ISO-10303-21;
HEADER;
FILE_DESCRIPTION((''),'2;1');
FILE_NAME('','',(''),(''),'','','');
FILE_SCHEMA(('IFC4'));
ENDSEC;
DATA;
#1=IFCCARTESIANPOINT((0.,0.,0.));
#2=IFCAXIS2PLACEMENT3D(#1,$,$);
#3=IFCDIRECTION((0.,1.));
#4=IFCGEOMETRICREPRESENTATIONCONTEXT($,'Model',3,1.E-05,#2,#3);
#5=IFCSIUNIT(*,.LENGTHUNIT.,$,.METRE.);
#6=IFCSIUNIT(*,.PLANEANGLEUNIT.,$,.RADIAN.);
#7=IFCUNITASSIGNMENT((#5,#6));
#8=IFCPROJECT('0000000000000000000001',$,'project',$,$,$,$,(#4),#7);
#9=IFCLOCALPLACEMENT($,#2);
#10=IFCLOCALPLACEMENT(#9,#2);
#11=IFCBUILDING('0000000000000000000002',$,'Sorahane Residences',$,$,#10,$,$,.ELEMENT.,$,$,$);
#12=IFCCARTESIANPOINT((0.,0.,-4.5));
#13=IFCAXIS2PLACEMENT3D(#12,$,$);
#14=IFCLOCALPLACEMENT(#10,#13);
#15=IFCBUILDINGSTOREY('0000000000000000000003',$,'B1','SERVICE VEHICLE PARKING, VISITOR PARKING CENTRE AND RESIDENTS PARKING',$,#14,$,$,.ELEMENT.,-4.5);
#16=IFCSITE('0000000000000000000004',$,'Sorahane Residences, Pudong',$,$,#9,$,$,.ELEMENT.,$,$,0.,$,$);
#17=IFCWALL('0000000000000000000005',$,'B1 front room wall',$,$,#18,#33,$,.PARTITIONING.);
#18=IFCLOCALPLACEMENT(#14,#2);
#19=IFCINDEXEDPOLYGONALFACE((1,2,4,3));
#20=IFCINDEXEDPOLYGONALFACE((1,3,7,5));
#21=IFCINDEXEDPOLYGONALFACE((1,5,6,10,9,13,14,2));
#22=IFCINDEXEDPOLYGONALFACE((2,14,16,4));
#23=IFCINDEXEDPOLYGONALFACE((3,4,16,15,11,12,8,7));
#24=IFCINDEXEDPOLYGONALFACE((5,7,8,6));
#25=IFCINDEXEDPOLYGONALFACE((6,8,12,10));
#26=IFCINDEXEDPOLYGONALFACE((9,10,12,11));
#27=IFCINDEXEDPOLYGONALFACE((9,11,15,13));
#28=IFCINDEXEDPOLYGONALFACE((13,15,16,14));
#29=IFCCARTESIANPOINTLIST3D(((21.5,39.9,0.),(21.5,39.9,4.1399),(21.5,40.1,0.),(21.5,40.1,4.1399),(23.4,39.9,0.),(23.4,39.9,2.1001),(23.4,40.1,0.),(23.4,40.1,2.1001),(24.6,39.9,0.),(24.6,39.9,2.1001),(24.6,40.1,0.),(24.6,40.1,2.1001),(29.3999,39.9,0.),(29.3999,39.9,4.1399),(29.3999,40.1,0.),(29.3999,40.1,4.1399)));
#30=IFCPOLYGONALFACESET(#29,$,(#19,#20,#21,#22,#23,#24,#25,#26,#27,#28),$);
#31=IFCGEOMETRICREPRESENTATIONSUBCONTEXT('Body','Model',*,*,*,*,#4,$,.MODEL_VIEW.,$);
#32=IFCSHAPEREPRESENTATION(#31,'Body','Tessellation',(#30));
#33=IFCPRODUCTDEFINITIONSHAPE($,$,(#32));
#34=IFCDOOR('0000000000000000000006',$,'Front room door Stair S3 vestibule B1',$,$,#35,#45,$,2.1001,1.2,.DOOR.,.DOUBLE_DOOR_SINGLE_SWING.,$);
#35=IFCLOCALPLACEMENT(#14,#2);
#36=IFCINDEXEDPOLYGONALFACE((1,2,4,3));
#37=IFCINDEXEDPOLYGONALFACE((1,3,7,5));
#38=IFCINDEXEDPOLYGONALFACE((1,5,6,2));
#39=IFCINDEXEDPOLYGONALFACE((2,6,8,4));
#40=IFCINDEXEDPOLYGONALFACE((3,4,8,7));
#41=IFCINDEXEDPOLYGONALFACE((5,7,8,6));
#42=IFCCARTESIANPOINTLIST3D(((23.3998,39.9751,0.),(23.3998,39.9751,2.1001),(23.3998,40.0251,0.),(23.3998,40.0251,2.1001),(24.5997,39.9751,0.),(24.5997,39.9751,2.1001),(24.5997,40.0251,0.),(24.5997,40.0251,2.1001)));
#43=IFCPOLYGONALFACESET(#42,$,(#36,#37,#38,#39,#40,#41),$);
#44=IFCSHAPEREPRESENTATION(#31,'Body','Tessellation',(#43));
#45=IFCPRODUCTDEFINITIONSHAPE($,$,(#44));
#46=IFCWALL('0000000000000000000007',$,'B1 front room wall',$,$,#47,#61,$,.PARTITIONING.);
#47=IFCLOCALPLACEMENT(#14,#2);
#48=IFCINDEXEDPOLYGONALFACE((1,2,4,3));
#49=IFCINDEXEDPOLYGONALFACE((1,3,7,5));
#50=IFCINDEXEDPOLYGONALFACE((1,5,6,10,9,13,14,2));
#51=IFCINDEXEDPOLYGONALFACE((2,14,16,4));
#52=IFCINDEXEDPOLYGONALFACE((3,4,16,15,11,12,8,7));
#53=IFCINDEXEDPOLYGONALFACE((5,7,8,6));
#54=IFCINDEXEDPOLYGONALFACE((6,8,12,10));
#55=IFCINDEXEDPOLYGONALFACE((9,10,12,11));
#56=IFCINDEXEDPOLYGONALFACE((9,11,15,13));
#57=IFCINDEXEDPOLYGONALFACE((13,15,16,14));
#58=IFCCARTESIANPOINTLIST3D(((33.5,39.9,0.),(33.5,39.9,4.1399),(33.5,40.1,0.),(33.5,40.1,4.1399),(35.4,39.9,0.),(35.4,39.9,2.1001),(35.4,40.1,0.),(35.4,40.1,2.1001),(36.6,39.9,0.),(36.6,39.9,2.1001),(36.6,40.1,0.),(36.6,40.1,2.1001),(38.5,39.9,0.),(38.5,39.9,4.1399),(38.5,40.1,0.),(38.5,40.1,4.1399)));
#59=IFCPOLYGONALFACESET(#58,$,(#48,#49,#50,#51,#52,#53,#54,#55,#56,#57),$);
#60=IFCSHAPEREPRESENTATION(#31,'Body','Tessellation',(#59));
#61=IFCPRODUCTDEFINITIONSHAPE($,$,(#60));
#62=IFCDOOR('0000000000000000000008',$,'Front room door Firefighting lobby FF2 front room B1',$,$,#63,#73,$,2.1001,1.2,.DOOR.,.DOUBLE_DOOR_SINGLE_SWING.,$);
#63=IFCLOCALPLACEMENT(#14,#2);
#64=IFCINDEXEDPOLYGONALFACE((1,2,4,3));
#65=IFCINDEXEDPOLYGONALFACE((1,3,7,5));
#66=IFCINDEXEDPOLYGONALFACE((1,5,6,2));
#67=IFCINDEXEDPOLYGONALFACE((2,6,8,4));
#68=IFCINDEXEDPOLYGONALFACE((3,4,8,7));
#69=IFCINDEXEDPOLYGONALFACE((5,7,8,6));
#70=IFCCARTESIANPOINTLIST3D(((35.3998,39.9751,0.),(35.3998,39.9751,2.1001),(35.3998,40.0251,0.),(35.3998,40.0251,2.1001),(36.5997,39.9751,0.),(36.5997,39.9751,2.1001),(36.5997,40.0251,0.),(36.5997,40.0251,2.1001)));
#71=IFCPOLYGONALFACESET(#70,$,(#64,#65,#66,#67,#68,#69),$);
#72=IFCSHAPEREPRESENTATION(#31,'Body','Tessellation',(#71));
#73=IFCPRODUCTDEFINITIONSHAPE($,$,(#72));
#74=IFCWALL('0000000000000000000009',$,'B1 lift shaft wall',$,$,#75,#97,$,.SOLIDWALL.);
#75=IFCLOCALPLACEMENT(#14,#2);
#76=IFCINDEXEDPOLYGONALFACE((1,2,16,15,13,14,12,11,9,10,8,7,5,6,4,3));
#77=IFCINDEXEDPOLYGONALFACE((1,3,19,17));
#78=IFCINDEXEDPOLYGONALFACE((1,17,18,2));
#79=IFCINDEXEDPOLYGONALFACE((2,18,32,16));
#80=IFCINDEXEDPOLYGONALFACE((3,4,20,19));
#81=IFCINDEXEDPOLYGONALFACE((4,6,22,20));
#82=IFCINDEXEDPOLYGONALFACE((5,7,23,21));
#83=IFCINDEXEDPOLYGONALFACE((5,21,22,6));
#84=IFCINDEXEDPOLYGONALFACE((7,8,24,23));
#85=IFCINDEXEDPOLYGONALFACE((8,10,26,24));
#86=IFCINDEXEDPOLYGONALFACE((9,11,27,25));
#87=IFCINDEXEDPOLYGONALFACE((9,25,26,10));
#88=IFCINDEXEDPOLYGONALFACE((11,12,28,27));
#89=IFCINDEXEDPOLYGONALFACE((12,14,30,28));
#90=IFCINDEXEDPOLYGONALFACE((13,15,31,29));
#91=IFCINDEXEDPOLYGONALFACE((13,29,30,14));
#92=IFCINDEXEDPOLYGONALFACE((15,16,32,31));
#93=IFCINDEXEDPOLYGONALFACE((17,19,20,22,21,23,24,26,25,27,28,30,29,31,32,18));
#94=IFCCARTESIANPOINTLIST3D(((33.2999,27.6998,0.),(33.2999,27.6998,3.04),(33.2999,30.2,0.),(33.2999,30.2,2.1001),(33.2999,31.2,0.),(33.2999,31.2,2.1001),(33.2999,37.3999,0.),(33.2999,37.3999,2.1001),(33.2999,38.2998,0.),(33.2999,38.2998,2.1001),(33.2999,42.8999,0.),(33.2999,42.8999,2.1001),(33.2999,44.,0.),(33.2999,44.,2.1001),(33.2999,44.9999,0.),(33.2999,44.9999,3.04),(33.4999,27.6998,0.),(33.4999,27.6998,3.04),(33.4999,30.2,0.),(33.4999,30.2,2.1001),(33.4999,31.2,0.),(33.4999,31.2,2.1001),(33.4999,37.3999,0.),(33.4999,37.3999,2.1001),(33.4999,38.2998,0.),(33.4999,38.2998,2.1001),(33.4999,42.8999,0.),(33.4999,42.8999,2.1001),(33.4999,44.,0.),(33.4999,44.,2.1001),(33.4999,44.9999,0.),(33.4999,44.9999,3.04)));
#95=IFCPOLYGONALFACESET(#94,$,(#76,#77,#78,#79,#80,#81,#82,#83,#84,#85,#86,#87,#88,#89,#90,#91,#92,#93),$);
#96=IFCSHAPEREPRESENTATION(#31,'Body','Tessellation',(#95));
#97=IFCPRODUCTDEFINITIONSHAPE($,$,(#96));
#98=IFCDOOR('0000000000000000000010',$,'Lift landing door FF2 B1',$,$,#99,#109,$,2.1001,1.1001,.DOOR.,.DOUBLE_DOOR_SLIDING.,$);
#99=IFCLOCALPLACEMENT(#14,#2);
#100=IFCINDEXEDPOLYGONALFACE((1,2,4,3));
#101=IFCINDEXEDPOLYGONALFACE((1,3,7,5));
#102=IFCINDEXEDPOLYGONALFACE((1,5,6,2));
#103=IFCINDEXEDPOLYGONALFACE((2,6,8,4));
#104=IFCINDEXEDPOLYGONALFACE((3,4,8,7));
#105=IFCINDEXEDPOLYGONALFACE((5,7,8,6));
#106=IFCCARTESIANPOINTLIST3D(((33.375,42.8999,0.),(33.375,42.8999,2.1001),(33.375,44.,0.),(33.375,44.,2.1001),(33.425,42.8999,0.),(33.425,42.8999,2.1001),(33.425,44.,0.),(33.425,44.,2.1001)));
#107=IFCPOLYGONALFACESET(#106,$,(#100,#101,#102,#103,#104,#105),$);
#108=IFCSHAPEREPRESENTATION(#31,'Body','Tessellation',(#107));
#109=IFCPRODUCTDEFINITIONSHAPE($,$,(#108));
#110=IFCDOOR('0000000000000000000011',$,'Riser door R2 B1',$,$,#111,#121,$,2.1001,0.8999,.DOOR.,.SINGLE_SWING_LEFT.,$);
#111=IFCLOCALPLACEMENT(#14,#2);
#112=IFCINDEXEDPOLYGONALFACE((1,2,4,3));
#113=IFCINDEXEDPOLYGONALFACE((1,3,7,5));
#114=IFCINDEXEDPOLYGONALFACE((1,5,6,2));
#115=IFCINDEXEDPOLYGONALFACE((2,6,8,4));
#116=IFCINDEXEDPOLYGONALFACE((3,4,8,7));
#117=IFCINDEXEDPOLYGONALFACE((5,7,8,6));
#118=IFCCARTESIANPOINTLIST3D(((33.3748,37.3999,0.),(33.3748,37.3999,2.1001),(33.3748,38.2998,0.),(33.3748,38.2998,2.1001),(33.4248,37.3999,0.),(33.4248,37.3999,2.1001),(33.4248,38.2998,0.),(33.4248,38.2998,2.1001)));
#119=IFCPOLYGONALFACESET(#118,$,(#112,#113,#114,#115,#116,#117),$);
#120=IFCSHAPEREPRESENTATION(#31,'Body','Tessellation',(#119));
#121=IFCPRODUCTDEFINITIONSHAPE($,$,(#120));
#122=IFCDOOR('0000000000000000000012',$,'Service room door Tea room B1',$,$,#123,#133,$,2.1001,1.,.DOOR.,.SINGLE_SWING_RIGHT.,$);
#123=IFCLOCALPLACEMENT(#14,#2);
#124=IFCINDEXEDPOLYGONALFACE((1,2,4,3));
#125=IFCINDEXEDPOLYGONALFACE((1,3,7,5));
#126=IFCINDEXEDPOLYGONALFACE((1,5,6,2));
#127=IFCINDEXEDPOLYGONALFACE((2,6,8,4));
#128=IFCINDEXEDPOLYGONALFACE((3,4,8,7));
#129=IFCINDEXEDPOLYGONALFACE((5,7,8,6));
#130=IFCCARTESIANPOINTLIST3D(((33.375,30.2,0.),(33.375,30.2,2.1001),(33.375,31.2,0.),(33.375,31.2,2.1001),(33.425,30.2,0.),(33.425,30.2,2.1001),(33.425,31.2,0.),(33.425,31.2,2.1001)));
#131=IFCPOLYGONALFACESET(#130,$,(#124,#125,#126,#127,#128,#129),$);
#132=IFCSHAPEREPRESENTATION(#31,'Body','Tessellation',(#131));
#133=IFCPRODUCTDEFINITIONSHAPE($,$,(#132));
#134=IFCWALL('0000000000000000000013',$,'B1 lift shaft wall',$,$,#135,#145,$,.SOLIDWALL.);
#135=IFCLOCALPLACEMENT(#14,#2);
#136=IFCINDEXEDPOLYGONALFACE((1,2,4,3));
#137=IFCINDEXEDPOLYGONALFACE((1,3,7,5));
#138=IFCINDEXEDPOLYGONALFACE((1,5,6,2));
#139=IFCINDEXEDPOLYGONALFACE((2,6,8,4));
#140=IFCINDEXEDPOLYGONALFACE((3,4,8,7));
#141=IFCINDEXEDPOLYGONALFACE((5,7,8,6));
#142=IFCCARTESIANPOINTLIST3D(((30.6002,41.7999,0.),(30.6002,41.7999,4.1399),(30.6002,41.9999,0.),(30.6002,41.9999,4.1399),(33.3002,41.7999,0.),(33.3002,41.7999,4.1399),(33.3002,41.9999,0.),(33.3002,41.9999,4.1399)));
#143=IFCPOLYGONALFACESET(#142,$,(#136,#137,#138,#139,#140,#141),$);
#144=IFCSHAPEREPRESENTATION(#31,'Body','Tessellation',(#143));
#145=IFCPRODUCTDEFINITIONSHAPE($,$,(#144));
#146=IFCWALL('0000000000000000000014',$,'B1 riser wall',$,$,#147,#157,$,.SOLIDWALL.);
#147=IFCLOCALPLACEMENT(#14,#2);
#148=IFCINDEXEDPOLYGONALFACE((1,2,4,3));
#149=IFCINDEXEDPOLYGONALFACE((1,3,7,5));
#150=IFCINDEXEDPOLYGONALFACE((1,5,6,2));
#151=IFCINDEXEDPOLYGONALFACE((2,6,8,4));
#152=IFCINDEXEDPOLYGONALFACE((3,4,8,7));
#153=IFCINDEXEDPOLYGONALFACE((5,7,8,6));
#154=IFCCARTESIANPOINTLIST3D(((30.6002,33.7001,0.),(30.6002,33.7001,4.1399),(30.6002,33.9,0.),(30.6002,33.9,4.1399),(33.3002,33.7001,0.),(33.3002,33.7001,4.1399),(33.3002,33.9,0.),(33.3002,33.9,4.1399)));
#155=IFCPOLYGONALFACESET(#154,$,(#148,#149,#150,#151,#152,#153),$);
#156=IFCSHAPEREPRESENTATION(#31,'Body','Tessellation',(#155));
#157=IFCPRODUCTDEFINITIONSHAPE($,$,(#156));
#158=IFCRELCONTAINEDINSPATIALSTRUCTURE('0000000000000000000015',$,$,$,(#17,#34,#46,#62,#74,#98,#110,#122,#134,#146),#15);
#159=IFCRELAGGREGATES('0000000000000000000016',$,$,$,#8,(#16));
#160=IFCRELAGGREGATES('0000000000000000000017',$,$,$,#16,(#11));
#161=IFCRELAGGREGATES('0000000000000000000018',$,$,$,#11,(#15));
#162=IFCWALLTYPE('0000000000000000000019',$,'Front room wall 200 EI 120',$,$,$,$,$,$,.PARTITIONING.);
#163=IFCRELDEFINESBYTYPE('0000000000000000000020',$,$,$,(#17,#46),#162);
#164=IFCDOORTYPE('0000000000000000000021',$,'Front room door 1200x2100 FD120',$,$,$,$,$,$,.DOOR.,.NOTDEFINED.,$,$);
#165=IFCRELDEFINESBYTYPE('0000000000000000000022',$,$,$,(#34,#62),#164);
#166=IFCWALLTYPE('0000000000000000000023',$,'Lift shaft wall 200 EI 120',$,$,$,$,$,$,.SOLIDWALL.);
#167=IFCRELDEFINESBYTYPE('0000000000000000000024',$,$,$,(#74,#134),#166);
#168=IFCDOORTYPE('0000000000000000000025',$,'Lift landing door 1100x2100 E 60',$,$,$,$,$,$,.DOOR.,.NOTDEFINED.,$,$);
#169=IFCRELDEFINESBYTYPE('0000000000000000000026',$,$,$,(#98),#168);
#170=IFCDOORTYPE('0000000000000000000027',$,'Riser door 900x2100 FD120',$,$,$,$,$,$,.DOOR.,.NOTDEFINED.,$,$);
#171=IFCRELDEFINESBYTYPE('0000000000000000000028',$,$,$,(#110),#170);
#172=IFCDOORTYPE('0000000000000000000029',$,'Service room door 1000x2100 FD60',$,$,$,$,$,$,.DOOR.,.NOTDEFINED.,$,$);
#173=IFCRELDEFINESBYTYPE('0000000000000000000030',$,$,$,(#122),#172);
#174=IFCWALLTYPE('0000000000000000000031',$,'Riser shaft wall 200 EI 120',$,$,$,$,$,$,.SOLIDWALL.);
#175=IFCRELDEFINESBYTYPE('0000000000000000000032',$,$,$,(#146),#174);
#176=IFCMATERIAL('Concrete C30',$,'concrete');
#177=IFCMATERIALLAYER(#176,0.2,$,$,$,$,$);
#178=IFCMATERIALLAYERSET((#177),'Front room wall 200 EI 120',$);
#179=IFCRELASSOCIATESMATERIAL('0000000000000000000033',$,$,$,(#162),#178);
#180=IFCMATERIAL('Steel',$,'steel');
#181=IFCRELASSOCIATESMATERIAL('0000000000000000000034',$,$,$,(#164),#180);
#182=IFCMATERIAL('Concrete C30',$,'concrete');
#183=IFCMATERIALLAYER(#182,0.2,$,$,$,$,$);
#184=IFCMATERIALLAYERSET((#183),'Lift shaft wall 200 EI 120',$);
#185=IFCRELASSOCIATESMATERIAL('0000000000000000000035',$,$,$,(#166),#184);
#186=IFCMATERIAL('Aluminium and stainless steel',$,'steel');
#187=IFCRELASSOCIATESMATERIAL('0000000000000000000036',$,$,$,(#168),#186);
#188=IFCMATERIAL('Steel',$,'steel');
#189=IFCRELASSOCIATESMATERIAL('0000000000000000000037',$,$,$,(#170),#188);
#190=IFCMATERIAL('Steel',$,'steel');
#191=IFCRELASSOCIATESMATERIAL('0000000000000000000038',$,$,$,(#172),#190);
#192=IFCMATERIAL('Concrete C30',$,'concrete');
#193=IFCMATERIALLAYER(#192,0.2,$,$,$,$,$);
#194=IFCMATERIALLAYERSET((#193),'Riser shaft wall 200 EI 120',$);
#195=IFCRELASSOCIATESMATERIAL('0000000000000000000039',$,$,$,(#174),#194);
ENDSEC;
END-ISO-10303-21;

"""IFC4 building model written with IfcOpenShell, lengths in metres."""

from ifc_helpers import new_model, si_unit, direction, frame, frame_2d, origin, place, context, subcontext, project, spatial, rectangle, extrude, material, layer, layer_set, type_object, element, fill, save


model = new_model("IFC4")

# Units and contexts
model_context = context("Model", 3, precision=1e-05, world=origin(), true_north=direction((0.0, 1.0)))
body_context = subcontext(model_context, "Body", "Model", "MODEL_VIEW")
ifc_project = project(units=[si_unit("LENGTHUNIT", "METRE"), si_unit("PLANEANGLEUNIT", "RADIAN")], contexts=[model_context])

# Site, building, storey
site_placement = place(None, origin())
site = spatial("IfcSite", under=ifc_project, at=site_placement, Name="Sorahane Residences, Pudong", CompositionType="ELEMENT", RefElevation=0.0)
building_placement = place(site_placement, origin())
building = spatial("IfcBuilding", under=site, at=building_placement, Name="Sorahane Residences", CompositionType="ELEMENT")
storey_placement = place(building_placement, frame((0.0, 0.0, -4.5)))
storey = spatial("IfcBuildingStorey", under=building, at=storey_placement, Name="B1", Description="SERVICE VEHICLE PARKING, VISITOR PARKING CENTRE AND RESIDENTS PARKING", CompositionType="ELEMENT", Elevation=-4.5)

# Walls, openings, doors
ifc_material_1 = material(Name="Concrete C30", Category="concrete")
ifc_layer_1 = layer(ifc_material_1, 0.2)
ifc_layer_set_1 = layer_set([ifc_layer_1], Name="Front room wall 200 EI 120")
wall_type_1 = type_object("IfcWallType", Name="Front room wall 200 EI 120", PredefinedType="PARTITIONING", material=ifc_layer_set_1)
wall_1_placement = place(storey_placement, frame((21.5, 40.0, 0.0), z_axis=(0.0, 0.0, 1.0), x_axis=(1.0, 0.0, 0.0)))
wall_1 = element("IfcWall", 1, at=wall_1_placement, inside=storey, type_object=wall_type_1, Name="B1 front room wall", PredefinedType="PARTITIONING", context=body_context, shape_type="SweptSolid", body=[
    extrude(rectangle(XDim=7.8999, YDim=0.2, at=frame_2d((3.95, 0.0))), origin(), (0.0, 0.0, 1.0), 4.1399),
])
opening_1_placement = place(wall_1_placement, frame((1.8999, 0.0, 0.0)))
opening_1 = element("IfcOpeningElement", 2, at=opening_1_placement, cuts=wall_1, PredefinedType="OPENING", context=body_context, shape_type="SweptSolid", body=[
    extrude(rectangle(XDim=1.2, YDim=2.1001, at=frame_2d((0.6001, 1.05))), frame((0.0, 0.1099, 0.0), z_axis=(0.0, -1.0, 0.0), x_axis=(1.0, 0.0, 0.0)), (0.0, 0.0, 1.0), 0.22),
])
ifc_material_2 = material(Name="Steel", Category="steel")
door_type_1 = type_object("IfcDoorType", Name="Front room door 1200x2100 FD120", OperationType="NOTDEFINED", PredefinedType="DOOR", material=ifc_material_2)
door_1_placement = place(opening_1_placement, frame((1.2, 0.0, 0.0), z_axis=(0.0, 0.0, 1.0), x_axis=(-1.0, 0.0, 0.0)))
door_1 = element("IfcDoor", 3, at=door_1_placement, inside=storey, type_object=door_type_1, Name="Front room door Stair S3 vestibule B1", OperationType="DOUBLE_DOOR_SINGLE_SWING", OverallHeight=2.1001, OverallWidth=1.2, PredefinedType="DOOR", context=body_context, shape_type="SweptSolid", body=[
    extrude(rectangle(XDim=1.2, YDim=2.1001, at=frame_2d((0.6001, 1.05))), frame((0.0, 0.0249, 0.0), z_axis=(0.0, -1.0, 0.0), x_axis=(1.0, 0.0, 0.0)), (0.0, 0.0, 1.0), 0.05),
])
fill(opening_1, door_1)
wall_2_placement = place(storey_placement, frame((33.5, 40.0, 0.0), z_axis=(0.0, 0.0, 1.0), x_axis=(1.0, 0.0, 0.0)))
wall_2 = element("IfcWall", 4, at=wall_2_placement, inside=storey, type_object=wall_type_1, Name="B1 front room wall", PredefinedType="PARTITIONING", context=body_context, shape_type="SweptSolid", body=[
    extrude(rectangle(XDim=5.0, YDim=0.2, at=frame_2d((2.5, 0.0))), origin(), (0.0, 0.0, 1.0), 4.1399),
])
opening_2_placement = place(wall_2_placement, frame((1.8999, 0.0, 0.0)))
opening_2 = element("IfcOpeningElement", 5, at=opening_2_placement, cuts=wall_2, PredefinedType="OPENING", context=body_context, shape_type="SweptSolid", body=[
    extrude(rectangle(XDim=1.2, YDim=2.1001, at=frame_2d((0.6001, 1.05))), frame((0.0, 0.1099, 0.0), z_axis=(0.0, -1.0, 0.0), x_axis=(1.0, 0.0, 0.0)), (0.0, 0.0, 1.0), 0.22),
])
door_2_placement = place(opening_2_placement, frame((1.2, 0.0, 0.0), z_axis=(0.0, 0.0, 1.0), x_axis=(-1.0, 0.0, 0.0)))
door_2 = element("IfcDoor", 6, at=door_2_placement, inside=storey, type_object=door_type_1, Name="Front room door Firefighting lobby FF2 front room B1", OperationType="DOUBLE_DOOR_SINGLE_SWING", OverallHeight=2.1001, OverallWidth=1.2, PredefinedType="DOOR", context=body_context, shape_type="SweptSolid", body=[
    extrude(rectangle(XDim=1.2, YDim=2.1001, at=frame_2d((0.6001, 1.05))), frame((0.0, 0.0249, 0.0), z_axis=(0.0, -1.0, 0.0), x_axis=(1.0, 0.0, 0.0)), (0.0, 0.0, 1.0), 0.05),
])
fill(opening_2, door_2)

# Wall, openings, doors
ifc_material_3 = material(Name="Concrete C30", Category="concrete")
ifc_layer_2 = layer(ifc_material_3, 0.2)
ifc_layer_set_2 = layer_set([ifc_layer_2], Name="Lift shaft wall 200 EI 120")
wall_type_2 = type_object("IfcWallType", Name="Lift shaft wall 200 EI 120", PredefinedType="SOLIDWALL", material=ifc_layer_set_2)
wall_3_placement = place(storey_placement, frame((33.3999, 27.7, 0.0), z_axis=(0.0, 0.0, 1.0), x_axis=(0.0, 1.0, 0.0)))
wall_3 = element("IfcWall", 7, at=wall_3_placement, inside=storey, type_object=wall_type_2, Name="B1 lift shaft wall", PredefinedType="SOLIDWALL", context=body_context, shape_type="SweptSolid", body=[
    extrude(rectangle(XDim=17.3, YDim=0.2, at=frame_2d((8.6499, 0.0))), origin(), (0.0, 0.0, 1.0), 3.04),
])
opening_3_placement = place(wall_3_placement, frame((15.2, 0.0, 0.0)))
opening_3 = element("IfcOpeningElement", 8, at=opening_3_placement, cuts=wall_3, PredefinedType="OPENING", context=body_context, shape_type="SweptSolid", body=[
    extrude(rectangle(XDim=1.1001, YDim=2.1001, at=frame_2d((0.55, 1.05))), frame((0.0, 0.1099, 0.0), z_axis=(0.0, -1.0, 0.0), x_axis=(1.0, 0.0, 0.0)), (0.0, 0.0, 1.0), 0.22),
])
opening_4_placement = place(wall_3_placement, frame((2.5, 0.0, 0.0)))
opening_4 = element("IfcOpeningElement", 9, at=opening_4_placement, cuts=wall_3, PredefinedType="OPENING", context=body_context, shape_type="SweptSolid", body=[
    extrude(rectangle(XDim=1.0, YDim=2.1001, at=frame_2d((0.5, 1.05))), frame((0.0, 0.1099, 0.0), z_axis=(0.0, -1.0, 0.0), x_axis=(1.0, 0.0, 0.0)), (0.0, 0.0, 1.0), 0.22),
])
opening_5_placement = place(wall_3_placement, frame((9.7, 0.0, 0.0)))
opening_5 = element("IfcOpeningElement", 10, at=opening_5_placement, cuts=wall_3, PredefinedType="OPENING", context=body_context, shape_type="SweptSolid", body=[
    extrude(rectangle(XDim=0.8999, YDim=2.1001, at=frame_2d((0.45, 1.05))), frame((0.0, 0.1099, 0.0), z_axis=(0.0, -1.0, 0.0), x_axis=(1.0, 0.0, 0.0)), (0.0, 0.0, 1.0), 0.22),
])
ifc_material_4 = material(Name="Aluminium and stainless steel", Category="steel")
door_type_2 = type_object("IfcDoorType", Name="Lift landing door 1100x2100 E 60", OperationType="NOTDEFINED", PredefinedType="DOOR", material=ifc_material_4)
door_3_placement = place(opening_3_placement, origin())
door_3 = element("IfcDoor", 11, at=door_3_placement, inside=storey, type_object=door_type_2, Name="Lift landing door FF2 B1", OperationType="DOUBLE_DOOR_SLIDING", OverallHeight=2.1001, OverallWidth=1.1001, PredefinedType="DOOR", context=body_context, shape_type="SweptSolid", body=[
    extrude(rectangle(XDim=1.1001, YDim=2.1001, at=frame_2d((0.55, 1.05))), frame((0.0, 0.0249, 0.0), z_axis=(0.0, -1.0, 0.0), x_axis=(1.0, 0.0, 0.0)), (0.0, 0.0, 1.0), 0.05),
])
fill(opening_3, door_3)
ifc_material_5 = material(Name="Steel", Category="steel")
door_type_3 = type_object("IfcDoorType", Name="Riser door 900x2100 FD120", OperationType="NOTDEFINED", PredefinedType="DOOR", material=ifc_material_5)
door_4_placement = place(opening_5_placement, frame((0.8999, 0.0, 0.0), z_axis=(0.0, 0.0, 1.0), x_axis=(-1.0, 0.0, 0.0)))
door_4 = element("IfcDoor", 12, at=door_4_placement, inside=storey, type_object=door_type_3, Name="Riser door R2 B1", OperationType="SINGLE_SWING_LEFT", OverallHeight=2.1001, OverallWidth=0.8999, PredefinedType="DOOR", context=body_context, shape_type="SweptSolid", body=[
    extrude(rectangle(XDim=0.8999, YDim=2.1001, at=frame_2d((0.45, 1.05))), frame((0.0, 0.0249, 0.0), z_axis=(0.0, -1.0, 0.0), x_axis=(1.0, 0.0, 0.0)), (0.0, 0.0, 1.0), 0.05),
])
fill(opening_5, door_4)
ifc_material_6 = material(Name="Steel", Category="steel")
door_type_4 = type_object("IfcDoorType", Name="Service room door 1000x2100 FD60", OperationType="NOTDEFINED", PredefinedType="DOOR", material=ifc_material_6)
door_5_placement = place(opening_4_placement, origin())
door_5 = element("IfcDoor", 13, at=door_5_placement, inside=storey, type_object=door_type_4, Name="Service room door Tea room B1", OperationType="SINGLE_SWING_RIGHT", OverallHeight=2.1001, OverallWidth=1.0, PredefinedType="DOOR", context=body_context, shape_type="SweptSolid", body=[
    extrude(rectangle(XDim=1.0, YDim=2.1001, at=frame_2d((0.5, 1.05))), frame((0.0, 0.0249, 0.0), z_axis=(0.0, -1.0, 0.0), x_axis=(1.0, 0.0, 0.0)), (0.0, 0.0, 1.0), 0.05),
])
fill(opening_4, door_5)

# Walls
wall_4_placement = place(storey_placement, frame((30.6001, 41.8999, 0.0), z_axis=(0.0, 0.0, 1.0), x_axis=(1.0, 0.0, 0.0)))
element("IfcWall", 14, at=wall_4_placement, inside=storey, type_object=wall_type_2, Name="B1 lift shaft wall", PredefinedType="SOLIDWALL", context=body_context, shape_type="SweptSolid", body=[
    extrude(rectangle(XDim=2.7, YDim=0.2, at=frame_2d((1.3501, 0.0))), origin(), (0.0, 0.0, 1.0), 4.1399),
])
ifc_material_7 = material(Name="Concrete C30", Category="concrete")
ifc_layer_3 = layer(ifc_material_7, 0.2)
ifc_layer_set_3 = layer_set([ifc_layer_3], Name="Riser shaft wall 200 EI 120")
wall_type_3 = type_object("IfcWallType", Name="Riser shaft wall 200 EI 120", PredefinedType="SOLIDWALL", material=ifc_layer_set_3)
for number, where, z_axis, x_axis, name in (
    (15, (30.6001, 33.8, 0.0), (0.0, 0.0, 1.0), (1.0, 0.0, 0.0), "B1 riser wall"),
):
    element("IfcWall", number, at=place(storey_placement, frame(where, z_axis=z_axis, x_axis=x_axis)), inside=storey, type_object=wall_type_3, Name=name, PredefinedType="SOLIDWALL", context=body_context, shape_type="SweptSolid", body=[
        extrude(rectangle(XDim=2.7, YDim=0.2, at=frame_2d((1.3501, 0.0))), origin(), (0.0, 0.0, 1.0), 4.1399),
    ])

save(model, "model.ifc")
